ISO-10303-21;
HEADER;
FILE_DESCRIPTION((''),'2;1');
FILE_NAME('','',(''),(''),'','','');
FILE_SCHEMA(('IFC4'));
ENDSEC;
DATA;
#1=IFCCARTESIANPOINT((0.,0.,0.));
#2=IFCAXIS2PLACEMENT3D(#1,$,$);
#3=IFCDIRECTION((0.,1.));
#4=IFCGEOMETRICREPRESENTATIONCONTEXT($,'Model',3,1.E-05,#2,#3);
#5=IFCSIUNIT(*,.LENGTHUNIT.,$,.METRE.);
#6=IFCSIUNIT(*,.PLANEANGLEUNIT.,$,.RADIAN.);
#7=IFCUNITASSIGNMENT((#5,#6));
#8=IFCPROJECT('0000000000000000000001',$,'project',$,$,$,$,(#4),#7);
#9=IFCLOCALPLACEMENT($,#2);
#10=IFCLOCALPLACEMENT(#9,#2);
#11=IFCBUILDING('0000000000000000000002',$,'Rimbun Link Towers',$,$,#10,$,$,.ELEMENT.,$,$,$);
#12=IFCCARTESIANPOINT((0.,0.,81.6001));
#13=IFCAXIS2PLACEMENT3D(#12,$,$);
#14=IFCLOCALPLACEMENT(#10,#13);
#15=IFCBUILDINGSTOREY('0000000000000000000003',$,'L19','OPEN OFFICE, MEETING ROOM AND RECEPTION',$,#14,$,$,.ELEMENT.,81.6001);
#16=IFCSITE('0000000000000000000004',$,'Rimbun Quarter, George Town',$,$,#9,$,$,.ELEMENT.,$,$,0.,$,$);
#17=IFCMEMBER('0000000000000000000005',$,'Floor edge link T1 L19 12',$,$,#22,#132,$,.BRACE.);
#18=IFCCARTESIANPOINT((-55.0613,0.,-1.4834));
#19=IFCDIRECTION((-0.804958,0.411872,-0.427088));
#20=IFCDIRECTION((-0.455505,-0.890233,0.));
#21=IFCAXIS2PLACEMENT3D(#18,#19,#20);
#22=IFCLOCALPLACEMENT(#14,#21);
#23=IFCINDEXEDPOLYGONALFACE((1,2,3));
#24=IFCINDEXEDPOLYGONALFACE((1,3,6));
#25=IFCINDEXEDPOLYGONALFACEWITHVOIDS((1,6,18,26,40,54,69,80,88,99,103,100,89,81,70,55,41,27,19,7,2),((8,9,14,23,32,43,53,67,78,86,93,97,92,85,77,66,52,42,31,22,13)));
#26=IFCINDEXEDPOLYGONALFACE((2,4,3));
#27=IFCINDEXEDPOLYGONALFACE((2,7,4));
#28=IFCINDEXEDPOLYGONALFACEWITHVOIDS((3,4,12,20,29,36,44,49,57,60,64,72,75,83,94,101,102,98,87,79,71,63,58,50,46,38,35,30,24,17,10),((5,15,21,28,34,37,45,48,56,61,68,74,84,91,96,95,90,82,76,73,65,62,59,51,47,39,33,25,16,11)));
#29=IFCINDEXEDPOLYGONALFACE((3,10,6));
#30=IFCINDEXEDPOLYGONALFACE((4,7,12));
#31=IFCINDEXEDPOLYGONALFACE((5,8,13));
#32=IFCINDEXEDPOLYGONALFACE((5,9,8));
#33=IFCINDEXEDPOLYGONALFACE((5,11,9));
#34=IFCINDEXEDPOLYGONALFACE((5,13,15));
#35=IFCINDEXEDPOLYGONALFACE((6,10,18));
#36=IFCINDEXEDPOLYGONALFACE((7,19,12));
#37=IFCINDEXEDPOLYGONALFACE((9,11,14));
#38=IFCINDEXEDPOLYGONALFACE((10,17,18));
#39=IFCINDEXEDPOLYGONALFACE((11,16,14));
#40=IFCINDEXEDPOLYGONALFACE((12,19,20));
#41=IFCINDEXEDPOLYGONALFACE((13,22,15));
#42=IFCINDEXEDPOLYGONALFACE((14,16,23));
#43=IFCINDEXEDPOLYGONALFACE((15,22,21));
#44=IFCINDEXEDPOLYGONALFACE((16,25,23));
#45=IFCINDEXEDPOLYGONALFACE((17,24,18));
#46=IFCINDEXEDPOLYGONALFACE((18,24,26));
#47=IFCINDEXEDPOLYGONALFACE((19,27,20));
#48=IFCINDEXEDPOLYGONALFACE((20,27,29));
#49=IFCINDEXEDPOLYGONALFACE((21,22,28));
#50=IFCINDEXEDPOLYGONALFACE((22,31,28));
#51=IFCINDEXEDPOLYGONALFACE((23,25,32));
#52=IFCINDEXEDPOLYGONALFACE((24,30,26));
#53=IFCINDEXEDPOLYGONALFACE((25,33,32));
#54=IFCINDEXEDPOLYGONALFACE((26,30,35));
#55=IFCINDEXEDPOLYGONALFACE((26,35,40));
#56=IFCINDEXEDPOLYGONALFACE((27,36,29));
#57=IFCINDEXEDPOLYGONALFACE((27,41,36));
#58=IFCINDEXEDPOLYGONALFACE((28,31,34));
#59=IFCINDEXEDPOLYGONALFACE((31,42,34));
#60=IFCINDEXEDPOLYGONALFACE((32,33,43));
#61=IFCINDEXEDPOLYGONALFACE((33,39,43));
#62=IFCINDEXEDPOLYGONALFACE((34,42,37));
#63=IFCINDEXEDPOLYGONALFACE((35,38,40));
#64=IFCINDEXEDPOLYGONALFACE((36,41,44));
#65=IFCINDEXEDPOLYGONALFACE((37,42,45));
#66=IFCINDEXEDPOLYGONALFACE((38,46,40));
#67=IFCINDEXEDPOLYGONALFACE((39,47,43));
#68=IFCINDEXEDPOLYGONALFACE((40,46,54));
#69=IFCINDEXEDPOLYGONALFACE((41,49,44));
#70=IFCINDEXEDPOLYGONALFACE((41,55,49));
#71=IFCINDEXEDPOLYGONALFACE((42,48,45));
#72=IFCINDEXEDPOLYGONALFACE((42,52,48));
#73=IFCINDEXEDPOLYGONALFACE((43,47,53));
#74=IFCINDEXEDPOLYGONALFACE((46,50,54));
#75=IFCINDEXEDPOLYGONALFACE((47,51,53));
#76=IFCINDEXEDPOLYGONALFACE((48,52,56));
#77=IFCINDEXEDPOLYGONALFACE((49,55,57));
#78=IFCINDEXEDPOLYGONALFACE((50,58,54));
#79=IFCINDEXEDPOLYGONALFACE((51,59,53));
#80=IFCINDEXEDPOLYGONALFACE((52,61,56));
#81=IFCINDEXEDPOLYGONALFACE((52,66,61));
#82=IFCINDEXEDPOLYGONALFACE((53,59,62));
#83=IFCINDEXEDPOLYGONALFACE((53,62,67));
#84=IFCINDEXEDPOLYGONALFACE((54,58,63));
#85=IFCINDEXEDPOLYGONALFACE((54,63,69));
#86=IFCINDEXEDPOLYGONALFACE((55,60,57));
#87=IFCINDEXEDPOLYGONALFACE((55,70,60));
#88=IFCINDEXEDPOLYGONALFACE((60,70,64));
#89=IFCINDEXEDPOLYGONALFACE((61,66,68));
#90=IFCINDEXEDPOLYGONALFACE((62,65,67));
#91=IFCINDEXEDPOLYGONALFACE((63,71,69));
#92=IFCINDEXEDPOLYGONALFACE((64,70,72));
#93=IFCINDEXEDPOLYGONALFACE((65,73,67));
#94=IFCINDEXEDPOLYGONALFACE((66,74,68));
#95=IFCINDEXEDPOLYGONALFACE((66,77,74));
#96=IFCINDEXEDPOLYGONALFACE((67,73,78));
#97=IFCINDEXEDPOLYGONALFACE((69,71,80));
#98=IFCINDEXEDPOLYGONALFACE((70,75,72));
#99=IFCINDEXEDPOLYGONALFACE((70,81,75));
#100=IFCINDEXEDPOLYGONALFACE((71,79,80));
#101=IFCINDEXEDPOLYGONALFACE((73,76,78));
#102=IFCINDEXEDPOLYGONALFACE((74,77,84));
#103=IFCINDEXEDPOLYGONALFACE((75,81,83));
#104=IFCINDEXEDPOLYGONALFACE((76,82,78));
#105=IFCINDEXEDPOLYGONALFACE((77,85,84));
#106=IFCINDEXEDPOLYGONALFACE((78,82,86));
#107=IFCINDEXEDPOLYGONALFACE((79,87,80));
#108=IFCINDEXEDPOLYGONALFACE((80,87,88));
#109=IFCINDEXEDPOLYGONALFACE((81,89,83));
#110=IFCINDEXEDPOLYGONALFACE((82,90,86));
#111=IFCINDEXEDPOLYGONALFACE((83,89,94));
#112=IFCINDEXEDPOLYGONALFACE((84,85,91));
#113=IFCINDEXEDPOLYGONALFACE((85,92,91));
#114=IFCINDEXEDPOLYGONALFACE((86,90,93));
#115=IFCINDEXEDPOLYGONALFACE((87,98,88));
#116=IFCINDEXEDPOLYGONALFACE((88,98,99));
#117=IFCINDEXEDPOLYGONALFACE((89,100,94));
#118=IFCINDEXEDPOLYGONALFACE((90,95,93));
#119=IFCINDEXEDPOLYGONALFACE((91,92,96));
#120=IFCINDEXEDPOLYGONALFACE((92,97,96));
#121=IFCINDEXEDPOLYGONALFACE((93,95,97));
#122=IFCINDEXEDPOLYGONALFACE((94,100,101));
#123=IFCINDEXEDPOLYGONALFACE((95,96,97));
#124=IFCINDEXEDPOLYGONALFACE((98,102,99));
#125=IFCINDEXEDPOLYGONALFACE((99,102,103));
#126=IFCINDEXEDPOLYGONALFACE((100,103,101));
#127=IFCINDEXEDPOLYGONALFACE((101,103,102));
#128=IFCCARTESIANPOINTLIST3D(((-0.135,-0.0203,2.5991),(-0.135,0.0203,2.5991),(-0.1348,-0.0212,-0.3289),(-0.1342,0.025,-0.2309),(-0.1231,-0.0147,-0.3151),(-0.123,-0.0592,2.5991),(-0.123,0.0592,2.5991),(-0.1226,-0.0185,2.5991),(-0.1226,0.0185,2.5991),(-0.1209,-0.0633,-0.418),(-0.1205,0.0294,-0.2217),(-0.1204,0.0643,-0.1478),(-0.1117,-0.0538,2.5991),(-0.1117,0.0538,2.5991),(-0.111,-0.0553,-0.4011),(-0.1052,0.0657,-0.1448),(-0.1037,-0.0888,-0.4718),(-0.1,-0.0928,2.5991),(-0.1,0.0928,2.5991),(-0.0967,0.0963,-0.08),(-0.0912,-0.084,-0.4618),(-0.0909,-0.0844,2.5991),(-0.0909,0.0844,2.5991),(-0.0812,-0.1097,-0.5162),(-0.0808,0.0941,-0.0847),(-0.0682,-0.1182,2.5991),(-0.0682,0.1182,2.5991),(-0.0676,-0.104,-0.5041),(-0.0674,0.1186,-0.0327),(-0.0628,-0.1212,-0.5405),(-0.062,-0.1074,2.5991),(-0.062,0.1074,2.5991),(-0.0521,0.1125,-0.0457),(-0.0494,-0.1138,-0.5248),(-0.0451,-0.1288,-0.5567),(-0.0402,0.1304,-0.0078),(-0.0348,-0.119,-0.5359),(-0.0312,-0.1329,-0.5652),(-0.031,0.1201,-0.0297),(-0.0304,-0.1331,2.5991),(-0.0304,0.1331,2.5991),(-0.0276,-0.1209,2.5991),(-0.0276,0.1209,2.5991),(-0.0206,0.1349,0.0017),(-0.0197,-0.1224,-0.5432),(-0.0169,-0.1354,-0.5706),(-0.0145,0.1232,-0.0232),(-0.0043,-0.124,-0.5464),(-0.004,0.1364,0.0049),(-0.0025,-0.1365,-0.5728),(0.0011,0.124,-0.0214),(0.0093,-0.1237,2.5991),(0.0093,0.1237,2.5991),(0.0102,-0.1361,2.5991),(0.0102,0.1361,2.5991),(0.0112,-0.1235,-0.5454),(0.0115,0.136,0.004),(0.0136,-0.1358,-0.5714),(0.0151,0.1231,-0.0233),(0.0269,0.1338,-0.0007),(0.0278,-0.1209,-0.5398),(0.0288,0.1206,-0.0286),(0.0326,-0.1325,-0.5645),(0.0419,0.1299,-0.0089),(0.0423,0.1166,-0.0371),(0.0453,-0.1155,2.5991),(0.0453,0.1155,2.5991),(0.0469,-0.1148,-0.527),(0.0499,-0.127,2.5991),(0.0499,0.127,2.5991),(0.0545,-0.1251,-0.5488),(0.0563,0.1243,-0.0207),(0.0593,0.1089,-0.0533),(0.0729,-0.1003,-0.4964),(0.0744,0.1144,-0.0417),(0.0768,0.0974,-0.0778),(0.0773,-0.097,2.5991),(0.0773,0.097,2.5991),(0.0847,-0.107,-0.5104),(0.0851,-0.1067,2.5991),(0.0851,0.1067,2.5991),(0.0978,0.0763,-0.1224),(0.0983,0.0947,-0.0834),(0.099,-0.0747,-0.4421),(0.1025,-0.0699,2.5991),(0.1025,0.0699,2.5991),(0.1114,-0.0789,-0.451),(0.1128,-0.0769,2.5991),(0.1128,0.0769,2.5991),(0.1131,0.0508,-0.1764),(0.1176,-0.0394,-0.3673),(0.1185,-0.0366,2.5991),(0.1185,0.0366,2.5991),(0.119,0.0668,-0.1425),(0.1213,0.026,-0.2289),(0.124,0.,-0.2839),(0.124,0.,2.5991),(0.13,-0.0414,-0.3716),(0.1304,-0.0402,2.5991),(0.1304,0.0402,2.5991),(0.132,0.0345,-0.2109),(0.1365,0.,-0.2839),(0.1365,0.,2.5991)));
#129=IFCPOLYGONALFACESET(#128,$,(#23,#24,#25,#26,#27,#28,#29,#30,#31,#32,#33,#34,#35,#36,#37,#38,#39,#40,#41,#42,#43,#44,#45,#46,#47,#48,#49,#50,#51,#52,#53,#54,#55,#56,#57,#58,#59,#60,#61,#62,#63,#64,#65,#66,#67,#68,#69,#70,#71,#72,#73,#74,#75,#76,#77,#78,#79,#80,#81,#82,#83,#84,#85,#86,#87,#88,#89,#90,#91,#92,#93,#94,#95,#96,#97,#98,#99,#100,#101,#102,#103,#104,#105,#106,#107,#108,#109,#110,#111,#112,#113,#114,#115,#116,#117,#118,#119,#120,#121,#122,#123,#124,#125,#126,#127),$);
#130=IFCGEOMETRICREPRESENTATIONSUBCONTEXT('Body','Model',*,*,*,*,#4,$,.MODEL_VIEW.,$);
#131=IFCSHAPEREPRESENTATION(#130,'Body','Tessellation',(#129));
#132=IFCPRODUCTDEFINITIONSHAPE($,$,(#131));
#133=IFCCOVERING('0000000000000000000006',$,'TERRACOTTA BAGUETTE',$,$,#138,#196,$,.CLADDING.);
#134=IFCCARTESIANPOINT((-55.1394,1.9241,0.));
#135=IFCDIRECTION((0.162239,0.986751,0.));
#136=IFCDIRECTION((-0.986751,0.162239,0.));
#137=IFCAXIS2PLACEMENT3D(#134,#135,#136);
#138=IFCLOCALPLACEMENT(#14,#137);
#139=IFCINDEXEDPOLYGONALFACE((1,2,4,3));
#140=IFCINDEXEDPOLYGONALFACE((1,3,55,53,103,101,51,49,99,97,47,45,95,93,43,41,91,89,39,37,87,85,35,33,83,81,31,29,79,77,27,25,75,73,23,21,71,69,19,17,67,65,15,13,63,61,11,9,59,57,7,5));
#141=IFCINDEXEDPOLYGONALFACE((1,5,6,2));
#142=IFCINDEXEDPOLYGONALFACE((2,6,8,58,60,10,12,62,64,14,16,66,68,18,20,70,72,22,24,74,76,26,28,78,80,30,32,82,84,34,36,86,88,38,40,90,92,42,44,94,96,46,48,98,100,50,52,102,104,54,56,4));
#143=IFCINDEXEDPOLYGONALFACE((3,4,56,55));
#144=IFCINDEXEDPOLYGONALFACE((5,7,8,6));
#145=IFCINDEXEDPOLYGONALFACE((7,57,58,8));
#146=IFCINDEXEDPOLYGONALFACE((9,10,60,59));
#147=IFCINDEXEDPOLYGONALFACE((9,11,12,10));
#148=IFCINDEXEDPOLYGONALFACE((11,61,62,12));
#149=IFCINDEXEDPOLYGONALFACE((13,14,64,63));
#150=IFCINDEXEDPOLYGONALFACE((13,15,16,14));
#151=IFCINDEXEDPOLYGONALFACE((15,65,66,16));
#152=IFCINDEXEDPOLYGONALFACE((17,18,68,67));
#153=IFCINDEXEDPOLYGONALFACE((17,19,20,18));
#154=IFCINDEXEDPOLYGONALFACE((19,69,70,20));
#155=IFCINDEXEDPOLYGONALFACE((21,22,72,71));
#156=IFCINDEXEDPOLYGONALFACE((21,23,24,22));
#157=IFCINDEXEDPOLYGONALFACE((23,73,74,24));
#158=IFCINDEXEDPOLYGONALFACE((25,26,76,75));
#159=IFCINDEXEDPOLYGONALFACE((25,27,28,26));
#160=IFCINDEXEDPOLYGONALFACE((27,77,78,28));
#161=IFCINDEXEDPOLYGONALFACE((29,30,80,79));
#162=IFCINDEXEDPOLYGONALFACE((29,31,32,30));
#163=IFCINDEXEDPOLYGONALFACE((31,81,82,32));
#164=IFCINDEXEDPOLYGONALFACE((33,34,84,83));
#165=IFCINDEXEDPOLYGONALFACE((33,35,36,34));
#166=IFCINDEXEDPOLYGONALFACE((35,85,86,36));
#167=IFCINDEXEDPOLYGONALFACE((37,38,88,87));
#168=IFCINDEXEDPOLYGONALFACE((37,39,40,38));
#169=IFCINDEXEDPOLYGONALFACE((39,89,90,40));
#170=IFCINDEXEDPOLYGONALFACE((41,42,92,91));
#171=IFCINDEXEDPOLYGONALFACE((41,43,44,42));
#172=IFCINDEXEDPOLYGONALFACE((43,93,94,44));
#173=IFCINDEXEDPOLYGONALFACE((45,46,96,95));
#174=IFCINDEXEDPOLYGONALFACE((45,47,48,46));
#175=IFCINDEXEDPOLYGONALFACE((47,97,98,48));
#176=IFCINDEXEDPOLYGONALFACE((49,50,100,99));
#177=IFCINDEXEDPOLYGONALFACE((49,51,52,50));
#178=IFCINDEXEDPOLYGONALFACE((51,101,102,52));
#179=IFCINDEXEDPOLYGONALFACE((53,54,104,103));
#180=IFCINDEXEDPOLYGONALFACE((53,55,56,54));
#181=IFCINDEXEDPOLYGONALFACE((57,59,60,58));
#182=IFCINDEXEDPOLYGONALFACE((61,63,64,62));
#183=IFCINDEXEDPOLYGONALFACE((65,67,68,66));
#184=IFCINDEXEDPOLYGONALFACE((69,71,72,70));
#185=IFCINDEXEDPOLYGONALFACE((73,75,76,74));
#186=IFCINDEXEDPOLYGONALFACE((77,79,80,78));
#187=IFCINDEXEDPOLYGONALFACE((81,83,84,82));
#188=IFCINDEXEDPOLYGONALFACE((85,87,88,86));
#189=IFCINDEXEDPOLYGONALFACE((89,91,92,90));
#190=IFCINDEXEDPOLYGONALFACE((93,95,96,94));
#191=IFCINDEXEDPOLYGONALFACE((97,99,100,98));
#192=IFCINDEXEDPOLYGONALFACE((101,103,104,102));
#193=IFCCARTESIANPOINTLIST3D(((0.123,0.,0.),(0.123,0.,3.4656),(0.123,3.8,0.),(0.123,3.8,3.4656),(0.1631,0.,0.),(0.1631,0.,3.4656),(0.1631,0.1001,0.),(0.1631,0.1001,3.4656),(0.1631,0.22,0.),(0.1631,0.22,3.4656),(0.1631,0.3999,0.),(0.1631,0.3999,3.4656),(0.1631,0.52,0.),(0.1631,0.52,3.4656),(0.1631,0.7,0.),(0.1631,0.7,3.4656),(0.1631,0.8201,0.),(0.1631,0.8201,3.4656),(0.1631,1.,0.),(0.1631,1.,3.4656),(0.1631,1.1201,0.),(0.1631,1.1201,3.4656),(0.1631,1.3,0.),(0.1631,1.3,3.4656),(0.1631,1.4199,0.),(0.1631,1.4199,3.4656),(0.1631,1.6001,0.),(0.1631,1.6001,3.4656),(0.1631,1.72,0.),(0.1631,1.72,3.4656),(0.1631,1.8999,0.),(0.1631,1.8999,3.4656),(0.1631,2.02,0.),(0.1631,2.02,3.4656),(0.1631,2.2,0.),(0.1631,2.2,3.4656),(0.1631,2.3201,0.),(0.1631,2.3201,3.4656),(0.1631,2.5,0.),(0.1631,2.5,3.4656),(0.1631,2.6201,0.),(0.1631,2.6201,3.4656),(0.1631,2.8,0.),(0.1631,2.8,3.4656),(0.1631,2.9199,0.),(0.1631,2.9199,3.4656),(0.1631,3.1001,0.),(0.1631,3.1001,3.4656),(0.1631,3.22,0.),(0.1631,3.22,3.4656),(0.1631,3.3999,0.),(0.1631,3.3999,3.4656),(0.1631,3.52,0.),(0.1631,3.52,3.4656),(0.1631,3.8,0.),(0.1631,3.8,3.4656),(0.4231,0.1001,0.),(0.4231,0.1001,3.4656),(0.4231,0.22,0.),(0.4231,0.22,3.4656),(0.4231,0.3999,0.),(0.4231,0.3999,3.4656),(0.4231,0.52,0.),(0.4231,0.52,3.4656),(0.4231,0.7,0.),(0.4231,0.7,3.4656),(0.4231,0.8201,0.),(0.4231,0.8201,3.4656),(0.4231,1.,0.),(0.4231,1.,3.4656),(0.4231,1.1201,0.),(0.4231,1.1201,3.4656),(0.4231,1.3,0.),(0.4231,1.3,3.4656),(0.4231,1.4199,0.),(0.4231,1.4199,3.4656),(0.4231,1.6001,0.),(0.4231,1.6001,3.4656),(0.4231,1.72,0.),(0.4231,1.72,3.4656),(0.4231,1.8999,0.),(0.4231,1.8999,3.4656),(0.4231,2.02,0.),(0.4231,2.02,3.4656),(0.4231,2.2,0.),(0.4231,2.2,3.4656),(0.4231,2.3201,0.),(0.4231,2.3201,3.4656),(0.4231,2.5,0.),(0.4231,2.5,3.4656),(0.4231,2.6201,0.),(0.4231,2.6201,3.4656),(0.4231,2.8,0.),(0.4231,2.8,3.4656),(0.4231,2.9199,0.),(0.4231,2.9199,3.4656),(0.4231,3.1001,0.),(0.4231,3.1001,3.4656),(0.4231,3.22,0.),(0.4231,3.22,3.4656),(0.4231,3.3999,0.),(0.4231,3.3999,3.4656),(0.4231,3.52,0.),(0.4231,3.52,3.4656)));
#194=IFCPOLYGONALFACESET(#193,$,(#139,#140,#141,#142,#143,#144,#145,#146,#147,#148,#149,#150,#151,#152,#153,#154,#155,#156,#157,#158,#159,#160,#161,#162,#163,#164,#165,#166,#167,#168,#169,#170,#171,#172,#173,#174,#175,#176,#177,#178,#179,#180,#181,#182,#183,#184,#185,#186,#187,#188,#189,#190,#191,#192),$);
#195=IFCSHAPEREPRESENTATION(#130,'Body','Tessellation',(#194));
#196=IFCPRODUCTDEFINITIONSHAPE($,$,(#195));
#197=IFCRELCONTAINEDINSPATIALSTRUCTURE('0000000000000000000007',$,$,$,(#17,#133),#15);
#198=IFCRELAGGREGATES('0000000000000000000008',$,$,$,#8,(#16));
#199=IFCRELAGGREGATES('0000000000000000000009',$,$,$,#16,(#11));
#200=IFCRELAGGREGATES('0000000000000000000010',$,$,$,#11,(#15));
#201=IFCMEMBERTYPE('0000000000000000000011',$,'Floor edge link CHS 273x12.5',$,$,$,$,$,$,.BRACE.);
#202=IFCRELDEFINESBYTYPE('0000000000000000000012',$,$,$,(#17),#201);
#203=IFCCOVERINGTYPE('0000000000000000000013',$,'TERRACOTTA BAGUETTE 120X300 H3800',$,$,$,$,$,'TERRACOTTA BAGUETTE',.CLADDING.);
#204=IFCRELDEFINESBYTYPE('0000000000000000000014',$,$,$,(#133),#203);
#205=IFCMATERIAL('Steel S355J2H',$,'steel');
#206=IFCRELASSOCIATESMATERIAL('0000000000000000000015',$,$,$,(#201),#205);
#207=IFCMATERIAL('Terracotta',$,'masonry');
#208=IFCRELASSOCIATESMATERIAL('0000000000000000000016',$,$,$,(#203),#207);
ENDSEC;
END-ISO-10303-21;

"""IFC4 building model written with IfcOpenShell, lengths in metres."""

from ifc_helpers import new_model, si_unit, direction, frame, origin, origin_2d, place, context, subcontext, project, spatial, polyline, hollow_circle, outline, extrude, clip, halfspace, material, material_profile, profile_set, type_object, element, save


model = new_model("IFC4")

# Units and contexts
model_context = context("Model", 3, precision=1e-05, world=origin(), true_north=direction((0.0, 1.0)))
body_context = subcontext(model_context, "Body", "Model", "MODEL_VIEW")
ifc_project = project(units=[si_unit("LENGTHUNIT", "METRE"), si_unit("PLANEANGLEUNIT", "RADIAN")], contexts=[model_context])

# Site, building, storey
site_placement = place(None, origin())
site = spatial("IfcSite", under=ifc_project, at=site_placement, Name="Rimbun Quarter, George Town", CompositionType="ELEMENT", RefElevation=0.0)
building_placement = place(site_placement, origin())
building = spatial("IfcBuilding", under=site, at=building_placement, Name="Rimbun Link Towers", CompositionType="ELEMENT")
storey_placement = place(building_placement, frame((0.0, 0.0, 81.6001)))
storey = spatial("IfcBuildingStorey", under=building, at=storey_placement, Name="L19", Description="OPEN OFFICE, MEETING ROOM AND RECEPTION", CompositionType="ELEMENT", Elevation=81.6001)

# Member
ifc_material_1 = material(Name="Steel S355J2H", Category="steel")
ifc_material_profile_1 = material_profile(ifc_material_1, hollow_circle(Radius=0.1365, WallThickness=0.0125, at=origin_2d()), Name="CHS 273x12.5")
ifc_profile_set_1 = profile_set([ifc_material_profile_1], Name="Steel S355J2H")
member_type_1 = type_object("IfcMemberType", Name="Floor edge link CHS 273x12.5", PredefinedType="BRACE", material=ifc_profile_set_1)
member_1_placement = place(storey_placement, frame((-55.0613, 0.0, -1.4834), z_axis=(-0.804958, 0.411872, -0.427088), x_axis=(-0.455505, -0.890233, 0.0)))
element("IfcMember", 1, at=member_1_placement, inside=storey, type_object=member_type_1, Name="Floor edge link T1 L19 12", PredefinedType="BRACE", context=body_context, shape_type="Clipping", body=[
    clip(extrude(hollow_circle(Radius=0.1365, WallThickness=0.0125, at=origin_2d()), frame((0.0, 0.0, -0.6013)), (0.0, 0.0, 1.0), 3.2004), halfspace(frame((0.0, 0.0, -0.2839), z_axis=(0.0, 0.90421, -0.427088)), False)),
])

# Covering
ifc_material_2 = material(Name="Terracotta", Category="masonry")
ifc_material_profile_2 = material_profile(ifc_material_2, outline(polyline([(0.123, 0.0), (0.1631, 0.0), (0.1631, 0.1001), (0.4231, 0.1001), (0.4231, 0.22), (0.1631, 0.22), (0.1631, 0.3999), (0.4231, 0.3999), (0.4231, 0.52), (0.1631, 0.52), (0.1631, 0.7), (0.4231, 0.7), (0.4231, 0.8201), (0.1631, 0.8201), (0.1631, 1.0), (0.4231, 1.0), (0.4231, 1.1201), (0.1631, 1.1201), (0.1631, 1.3), (0.4231, 1.3), (0.4231, 1.4199), (0.1631, 1.4199), (0.1631, 1.6001), (0.4231, 1.6001), (0.4231, 1.72), (0.1631, 1.72), (0.1631, 1.8999), (0.4231, 1.8999), (0.4231, 2.02), (0.1631, 2.02), (0.1631, 2.2), (0.4231, 2.2), (0.4231, 2.3201), (0.1631, 2.3201), (0.1631, 2.5), (0.4231, 2.5), (0.4231, 2.6201), (0.1631, 2.6201), (0.1631, 2.8), (0.4231, 2.8), (0.4231, 2.9199), (0.1631, 2.9199), (0.1631, 3.1001), (0.4231, 3.1001), (0.4231, 3.22), (0.1631, 3.22), (0.1631, 3.3999), (0.4231, 3.3999), (0.4231, 3.52), (0.1631, 3.52), (0.1631, 3.8), (0.123, 3.8), (0.123, 0.0)])), Name="BAGUETTE 120X300")
ifc_profile_set_2 = profile_set([ifc_material_profile_2], Name="Terracotta")
covering_type = type_object("IfcCoveringType", Name="TERRACOTTA BAGUETTE 120X300 H3800", ElementType="TERRACOTTA BAGUETTE", PredefinedType="CLADDING", material=ifc_profile_set_2)
covering_1_placement = place(storey_placement, frame((-55.1394, 1.9241, 0.0), z_axis=(0.162239, 0.986751, 0.0), x_axis=(-0.986751, 0.162239, 0.0)))
element("IfcCovering", 2, at=covering_1_placement, inside=storey, type_object=covering_type, Name="TERRACOTTA BAGUETTE", PredefinedType="CLADDING", context=body_context, shape_type="SweptSolid", body=[
    extrude(outline(polyline([(0.123, 0.0), (0.1631, 0.0), (0.1631, 0.1001), (0.4231, 0.1001), (0.4231, 0.22), (0.1631, 0.22), (0.1631, 0.3999), (0.4231, 0.3999), (0.4231, 0.52), (0.1631, 0.52), (0.1631, 0.7), (0.4231, 0.7), (0.4231, 0.8201), (0.1631, 0.8201), (0.1631, 1.0), (0.4231, 1.0), (0.4231, 1.1201), (0.1631, 1.1201), (0.1631, 1.3), (0.4231, 1.3), (0.4231, 1.4199), (0.1631, 1.4199), (0.1631, 1.6001), (0.4231, 1.6001), (0.4231, 1.72), (0.1631, 1.72), (0.1631, 1.8999), (0.4231, 1.8999), (0.4231, 2.02), (0.1631, 2.02), (0.1631, 2.2), (0.4231, 2.2), (0.4231, 2.3201), (0.1631, 2.3201), (0.1631, 2.5), (0.4231, 2.5), (0.4231, 2.6201), (0.1631, 2.6201), (0.1631, 2.8), (0.4231, 2.8), (0.4231, 2.9199), (0.1631, 2.9199), (0.1631, 3.1001), (0.4231, 3.1001), (0.4231, 3.22), (0.1631, 3.22), (0.1631, 3.3999), (0.4231, 3.3999), (0.4231, 3.52), (0.1631, 3.52), (0.1631, 3.8), (0.123, 3.8), (0.123, 0.0)])), origin(), (0.0, 0.0, 1.0), 3.4656),
])

save(model, "model.ifc")
